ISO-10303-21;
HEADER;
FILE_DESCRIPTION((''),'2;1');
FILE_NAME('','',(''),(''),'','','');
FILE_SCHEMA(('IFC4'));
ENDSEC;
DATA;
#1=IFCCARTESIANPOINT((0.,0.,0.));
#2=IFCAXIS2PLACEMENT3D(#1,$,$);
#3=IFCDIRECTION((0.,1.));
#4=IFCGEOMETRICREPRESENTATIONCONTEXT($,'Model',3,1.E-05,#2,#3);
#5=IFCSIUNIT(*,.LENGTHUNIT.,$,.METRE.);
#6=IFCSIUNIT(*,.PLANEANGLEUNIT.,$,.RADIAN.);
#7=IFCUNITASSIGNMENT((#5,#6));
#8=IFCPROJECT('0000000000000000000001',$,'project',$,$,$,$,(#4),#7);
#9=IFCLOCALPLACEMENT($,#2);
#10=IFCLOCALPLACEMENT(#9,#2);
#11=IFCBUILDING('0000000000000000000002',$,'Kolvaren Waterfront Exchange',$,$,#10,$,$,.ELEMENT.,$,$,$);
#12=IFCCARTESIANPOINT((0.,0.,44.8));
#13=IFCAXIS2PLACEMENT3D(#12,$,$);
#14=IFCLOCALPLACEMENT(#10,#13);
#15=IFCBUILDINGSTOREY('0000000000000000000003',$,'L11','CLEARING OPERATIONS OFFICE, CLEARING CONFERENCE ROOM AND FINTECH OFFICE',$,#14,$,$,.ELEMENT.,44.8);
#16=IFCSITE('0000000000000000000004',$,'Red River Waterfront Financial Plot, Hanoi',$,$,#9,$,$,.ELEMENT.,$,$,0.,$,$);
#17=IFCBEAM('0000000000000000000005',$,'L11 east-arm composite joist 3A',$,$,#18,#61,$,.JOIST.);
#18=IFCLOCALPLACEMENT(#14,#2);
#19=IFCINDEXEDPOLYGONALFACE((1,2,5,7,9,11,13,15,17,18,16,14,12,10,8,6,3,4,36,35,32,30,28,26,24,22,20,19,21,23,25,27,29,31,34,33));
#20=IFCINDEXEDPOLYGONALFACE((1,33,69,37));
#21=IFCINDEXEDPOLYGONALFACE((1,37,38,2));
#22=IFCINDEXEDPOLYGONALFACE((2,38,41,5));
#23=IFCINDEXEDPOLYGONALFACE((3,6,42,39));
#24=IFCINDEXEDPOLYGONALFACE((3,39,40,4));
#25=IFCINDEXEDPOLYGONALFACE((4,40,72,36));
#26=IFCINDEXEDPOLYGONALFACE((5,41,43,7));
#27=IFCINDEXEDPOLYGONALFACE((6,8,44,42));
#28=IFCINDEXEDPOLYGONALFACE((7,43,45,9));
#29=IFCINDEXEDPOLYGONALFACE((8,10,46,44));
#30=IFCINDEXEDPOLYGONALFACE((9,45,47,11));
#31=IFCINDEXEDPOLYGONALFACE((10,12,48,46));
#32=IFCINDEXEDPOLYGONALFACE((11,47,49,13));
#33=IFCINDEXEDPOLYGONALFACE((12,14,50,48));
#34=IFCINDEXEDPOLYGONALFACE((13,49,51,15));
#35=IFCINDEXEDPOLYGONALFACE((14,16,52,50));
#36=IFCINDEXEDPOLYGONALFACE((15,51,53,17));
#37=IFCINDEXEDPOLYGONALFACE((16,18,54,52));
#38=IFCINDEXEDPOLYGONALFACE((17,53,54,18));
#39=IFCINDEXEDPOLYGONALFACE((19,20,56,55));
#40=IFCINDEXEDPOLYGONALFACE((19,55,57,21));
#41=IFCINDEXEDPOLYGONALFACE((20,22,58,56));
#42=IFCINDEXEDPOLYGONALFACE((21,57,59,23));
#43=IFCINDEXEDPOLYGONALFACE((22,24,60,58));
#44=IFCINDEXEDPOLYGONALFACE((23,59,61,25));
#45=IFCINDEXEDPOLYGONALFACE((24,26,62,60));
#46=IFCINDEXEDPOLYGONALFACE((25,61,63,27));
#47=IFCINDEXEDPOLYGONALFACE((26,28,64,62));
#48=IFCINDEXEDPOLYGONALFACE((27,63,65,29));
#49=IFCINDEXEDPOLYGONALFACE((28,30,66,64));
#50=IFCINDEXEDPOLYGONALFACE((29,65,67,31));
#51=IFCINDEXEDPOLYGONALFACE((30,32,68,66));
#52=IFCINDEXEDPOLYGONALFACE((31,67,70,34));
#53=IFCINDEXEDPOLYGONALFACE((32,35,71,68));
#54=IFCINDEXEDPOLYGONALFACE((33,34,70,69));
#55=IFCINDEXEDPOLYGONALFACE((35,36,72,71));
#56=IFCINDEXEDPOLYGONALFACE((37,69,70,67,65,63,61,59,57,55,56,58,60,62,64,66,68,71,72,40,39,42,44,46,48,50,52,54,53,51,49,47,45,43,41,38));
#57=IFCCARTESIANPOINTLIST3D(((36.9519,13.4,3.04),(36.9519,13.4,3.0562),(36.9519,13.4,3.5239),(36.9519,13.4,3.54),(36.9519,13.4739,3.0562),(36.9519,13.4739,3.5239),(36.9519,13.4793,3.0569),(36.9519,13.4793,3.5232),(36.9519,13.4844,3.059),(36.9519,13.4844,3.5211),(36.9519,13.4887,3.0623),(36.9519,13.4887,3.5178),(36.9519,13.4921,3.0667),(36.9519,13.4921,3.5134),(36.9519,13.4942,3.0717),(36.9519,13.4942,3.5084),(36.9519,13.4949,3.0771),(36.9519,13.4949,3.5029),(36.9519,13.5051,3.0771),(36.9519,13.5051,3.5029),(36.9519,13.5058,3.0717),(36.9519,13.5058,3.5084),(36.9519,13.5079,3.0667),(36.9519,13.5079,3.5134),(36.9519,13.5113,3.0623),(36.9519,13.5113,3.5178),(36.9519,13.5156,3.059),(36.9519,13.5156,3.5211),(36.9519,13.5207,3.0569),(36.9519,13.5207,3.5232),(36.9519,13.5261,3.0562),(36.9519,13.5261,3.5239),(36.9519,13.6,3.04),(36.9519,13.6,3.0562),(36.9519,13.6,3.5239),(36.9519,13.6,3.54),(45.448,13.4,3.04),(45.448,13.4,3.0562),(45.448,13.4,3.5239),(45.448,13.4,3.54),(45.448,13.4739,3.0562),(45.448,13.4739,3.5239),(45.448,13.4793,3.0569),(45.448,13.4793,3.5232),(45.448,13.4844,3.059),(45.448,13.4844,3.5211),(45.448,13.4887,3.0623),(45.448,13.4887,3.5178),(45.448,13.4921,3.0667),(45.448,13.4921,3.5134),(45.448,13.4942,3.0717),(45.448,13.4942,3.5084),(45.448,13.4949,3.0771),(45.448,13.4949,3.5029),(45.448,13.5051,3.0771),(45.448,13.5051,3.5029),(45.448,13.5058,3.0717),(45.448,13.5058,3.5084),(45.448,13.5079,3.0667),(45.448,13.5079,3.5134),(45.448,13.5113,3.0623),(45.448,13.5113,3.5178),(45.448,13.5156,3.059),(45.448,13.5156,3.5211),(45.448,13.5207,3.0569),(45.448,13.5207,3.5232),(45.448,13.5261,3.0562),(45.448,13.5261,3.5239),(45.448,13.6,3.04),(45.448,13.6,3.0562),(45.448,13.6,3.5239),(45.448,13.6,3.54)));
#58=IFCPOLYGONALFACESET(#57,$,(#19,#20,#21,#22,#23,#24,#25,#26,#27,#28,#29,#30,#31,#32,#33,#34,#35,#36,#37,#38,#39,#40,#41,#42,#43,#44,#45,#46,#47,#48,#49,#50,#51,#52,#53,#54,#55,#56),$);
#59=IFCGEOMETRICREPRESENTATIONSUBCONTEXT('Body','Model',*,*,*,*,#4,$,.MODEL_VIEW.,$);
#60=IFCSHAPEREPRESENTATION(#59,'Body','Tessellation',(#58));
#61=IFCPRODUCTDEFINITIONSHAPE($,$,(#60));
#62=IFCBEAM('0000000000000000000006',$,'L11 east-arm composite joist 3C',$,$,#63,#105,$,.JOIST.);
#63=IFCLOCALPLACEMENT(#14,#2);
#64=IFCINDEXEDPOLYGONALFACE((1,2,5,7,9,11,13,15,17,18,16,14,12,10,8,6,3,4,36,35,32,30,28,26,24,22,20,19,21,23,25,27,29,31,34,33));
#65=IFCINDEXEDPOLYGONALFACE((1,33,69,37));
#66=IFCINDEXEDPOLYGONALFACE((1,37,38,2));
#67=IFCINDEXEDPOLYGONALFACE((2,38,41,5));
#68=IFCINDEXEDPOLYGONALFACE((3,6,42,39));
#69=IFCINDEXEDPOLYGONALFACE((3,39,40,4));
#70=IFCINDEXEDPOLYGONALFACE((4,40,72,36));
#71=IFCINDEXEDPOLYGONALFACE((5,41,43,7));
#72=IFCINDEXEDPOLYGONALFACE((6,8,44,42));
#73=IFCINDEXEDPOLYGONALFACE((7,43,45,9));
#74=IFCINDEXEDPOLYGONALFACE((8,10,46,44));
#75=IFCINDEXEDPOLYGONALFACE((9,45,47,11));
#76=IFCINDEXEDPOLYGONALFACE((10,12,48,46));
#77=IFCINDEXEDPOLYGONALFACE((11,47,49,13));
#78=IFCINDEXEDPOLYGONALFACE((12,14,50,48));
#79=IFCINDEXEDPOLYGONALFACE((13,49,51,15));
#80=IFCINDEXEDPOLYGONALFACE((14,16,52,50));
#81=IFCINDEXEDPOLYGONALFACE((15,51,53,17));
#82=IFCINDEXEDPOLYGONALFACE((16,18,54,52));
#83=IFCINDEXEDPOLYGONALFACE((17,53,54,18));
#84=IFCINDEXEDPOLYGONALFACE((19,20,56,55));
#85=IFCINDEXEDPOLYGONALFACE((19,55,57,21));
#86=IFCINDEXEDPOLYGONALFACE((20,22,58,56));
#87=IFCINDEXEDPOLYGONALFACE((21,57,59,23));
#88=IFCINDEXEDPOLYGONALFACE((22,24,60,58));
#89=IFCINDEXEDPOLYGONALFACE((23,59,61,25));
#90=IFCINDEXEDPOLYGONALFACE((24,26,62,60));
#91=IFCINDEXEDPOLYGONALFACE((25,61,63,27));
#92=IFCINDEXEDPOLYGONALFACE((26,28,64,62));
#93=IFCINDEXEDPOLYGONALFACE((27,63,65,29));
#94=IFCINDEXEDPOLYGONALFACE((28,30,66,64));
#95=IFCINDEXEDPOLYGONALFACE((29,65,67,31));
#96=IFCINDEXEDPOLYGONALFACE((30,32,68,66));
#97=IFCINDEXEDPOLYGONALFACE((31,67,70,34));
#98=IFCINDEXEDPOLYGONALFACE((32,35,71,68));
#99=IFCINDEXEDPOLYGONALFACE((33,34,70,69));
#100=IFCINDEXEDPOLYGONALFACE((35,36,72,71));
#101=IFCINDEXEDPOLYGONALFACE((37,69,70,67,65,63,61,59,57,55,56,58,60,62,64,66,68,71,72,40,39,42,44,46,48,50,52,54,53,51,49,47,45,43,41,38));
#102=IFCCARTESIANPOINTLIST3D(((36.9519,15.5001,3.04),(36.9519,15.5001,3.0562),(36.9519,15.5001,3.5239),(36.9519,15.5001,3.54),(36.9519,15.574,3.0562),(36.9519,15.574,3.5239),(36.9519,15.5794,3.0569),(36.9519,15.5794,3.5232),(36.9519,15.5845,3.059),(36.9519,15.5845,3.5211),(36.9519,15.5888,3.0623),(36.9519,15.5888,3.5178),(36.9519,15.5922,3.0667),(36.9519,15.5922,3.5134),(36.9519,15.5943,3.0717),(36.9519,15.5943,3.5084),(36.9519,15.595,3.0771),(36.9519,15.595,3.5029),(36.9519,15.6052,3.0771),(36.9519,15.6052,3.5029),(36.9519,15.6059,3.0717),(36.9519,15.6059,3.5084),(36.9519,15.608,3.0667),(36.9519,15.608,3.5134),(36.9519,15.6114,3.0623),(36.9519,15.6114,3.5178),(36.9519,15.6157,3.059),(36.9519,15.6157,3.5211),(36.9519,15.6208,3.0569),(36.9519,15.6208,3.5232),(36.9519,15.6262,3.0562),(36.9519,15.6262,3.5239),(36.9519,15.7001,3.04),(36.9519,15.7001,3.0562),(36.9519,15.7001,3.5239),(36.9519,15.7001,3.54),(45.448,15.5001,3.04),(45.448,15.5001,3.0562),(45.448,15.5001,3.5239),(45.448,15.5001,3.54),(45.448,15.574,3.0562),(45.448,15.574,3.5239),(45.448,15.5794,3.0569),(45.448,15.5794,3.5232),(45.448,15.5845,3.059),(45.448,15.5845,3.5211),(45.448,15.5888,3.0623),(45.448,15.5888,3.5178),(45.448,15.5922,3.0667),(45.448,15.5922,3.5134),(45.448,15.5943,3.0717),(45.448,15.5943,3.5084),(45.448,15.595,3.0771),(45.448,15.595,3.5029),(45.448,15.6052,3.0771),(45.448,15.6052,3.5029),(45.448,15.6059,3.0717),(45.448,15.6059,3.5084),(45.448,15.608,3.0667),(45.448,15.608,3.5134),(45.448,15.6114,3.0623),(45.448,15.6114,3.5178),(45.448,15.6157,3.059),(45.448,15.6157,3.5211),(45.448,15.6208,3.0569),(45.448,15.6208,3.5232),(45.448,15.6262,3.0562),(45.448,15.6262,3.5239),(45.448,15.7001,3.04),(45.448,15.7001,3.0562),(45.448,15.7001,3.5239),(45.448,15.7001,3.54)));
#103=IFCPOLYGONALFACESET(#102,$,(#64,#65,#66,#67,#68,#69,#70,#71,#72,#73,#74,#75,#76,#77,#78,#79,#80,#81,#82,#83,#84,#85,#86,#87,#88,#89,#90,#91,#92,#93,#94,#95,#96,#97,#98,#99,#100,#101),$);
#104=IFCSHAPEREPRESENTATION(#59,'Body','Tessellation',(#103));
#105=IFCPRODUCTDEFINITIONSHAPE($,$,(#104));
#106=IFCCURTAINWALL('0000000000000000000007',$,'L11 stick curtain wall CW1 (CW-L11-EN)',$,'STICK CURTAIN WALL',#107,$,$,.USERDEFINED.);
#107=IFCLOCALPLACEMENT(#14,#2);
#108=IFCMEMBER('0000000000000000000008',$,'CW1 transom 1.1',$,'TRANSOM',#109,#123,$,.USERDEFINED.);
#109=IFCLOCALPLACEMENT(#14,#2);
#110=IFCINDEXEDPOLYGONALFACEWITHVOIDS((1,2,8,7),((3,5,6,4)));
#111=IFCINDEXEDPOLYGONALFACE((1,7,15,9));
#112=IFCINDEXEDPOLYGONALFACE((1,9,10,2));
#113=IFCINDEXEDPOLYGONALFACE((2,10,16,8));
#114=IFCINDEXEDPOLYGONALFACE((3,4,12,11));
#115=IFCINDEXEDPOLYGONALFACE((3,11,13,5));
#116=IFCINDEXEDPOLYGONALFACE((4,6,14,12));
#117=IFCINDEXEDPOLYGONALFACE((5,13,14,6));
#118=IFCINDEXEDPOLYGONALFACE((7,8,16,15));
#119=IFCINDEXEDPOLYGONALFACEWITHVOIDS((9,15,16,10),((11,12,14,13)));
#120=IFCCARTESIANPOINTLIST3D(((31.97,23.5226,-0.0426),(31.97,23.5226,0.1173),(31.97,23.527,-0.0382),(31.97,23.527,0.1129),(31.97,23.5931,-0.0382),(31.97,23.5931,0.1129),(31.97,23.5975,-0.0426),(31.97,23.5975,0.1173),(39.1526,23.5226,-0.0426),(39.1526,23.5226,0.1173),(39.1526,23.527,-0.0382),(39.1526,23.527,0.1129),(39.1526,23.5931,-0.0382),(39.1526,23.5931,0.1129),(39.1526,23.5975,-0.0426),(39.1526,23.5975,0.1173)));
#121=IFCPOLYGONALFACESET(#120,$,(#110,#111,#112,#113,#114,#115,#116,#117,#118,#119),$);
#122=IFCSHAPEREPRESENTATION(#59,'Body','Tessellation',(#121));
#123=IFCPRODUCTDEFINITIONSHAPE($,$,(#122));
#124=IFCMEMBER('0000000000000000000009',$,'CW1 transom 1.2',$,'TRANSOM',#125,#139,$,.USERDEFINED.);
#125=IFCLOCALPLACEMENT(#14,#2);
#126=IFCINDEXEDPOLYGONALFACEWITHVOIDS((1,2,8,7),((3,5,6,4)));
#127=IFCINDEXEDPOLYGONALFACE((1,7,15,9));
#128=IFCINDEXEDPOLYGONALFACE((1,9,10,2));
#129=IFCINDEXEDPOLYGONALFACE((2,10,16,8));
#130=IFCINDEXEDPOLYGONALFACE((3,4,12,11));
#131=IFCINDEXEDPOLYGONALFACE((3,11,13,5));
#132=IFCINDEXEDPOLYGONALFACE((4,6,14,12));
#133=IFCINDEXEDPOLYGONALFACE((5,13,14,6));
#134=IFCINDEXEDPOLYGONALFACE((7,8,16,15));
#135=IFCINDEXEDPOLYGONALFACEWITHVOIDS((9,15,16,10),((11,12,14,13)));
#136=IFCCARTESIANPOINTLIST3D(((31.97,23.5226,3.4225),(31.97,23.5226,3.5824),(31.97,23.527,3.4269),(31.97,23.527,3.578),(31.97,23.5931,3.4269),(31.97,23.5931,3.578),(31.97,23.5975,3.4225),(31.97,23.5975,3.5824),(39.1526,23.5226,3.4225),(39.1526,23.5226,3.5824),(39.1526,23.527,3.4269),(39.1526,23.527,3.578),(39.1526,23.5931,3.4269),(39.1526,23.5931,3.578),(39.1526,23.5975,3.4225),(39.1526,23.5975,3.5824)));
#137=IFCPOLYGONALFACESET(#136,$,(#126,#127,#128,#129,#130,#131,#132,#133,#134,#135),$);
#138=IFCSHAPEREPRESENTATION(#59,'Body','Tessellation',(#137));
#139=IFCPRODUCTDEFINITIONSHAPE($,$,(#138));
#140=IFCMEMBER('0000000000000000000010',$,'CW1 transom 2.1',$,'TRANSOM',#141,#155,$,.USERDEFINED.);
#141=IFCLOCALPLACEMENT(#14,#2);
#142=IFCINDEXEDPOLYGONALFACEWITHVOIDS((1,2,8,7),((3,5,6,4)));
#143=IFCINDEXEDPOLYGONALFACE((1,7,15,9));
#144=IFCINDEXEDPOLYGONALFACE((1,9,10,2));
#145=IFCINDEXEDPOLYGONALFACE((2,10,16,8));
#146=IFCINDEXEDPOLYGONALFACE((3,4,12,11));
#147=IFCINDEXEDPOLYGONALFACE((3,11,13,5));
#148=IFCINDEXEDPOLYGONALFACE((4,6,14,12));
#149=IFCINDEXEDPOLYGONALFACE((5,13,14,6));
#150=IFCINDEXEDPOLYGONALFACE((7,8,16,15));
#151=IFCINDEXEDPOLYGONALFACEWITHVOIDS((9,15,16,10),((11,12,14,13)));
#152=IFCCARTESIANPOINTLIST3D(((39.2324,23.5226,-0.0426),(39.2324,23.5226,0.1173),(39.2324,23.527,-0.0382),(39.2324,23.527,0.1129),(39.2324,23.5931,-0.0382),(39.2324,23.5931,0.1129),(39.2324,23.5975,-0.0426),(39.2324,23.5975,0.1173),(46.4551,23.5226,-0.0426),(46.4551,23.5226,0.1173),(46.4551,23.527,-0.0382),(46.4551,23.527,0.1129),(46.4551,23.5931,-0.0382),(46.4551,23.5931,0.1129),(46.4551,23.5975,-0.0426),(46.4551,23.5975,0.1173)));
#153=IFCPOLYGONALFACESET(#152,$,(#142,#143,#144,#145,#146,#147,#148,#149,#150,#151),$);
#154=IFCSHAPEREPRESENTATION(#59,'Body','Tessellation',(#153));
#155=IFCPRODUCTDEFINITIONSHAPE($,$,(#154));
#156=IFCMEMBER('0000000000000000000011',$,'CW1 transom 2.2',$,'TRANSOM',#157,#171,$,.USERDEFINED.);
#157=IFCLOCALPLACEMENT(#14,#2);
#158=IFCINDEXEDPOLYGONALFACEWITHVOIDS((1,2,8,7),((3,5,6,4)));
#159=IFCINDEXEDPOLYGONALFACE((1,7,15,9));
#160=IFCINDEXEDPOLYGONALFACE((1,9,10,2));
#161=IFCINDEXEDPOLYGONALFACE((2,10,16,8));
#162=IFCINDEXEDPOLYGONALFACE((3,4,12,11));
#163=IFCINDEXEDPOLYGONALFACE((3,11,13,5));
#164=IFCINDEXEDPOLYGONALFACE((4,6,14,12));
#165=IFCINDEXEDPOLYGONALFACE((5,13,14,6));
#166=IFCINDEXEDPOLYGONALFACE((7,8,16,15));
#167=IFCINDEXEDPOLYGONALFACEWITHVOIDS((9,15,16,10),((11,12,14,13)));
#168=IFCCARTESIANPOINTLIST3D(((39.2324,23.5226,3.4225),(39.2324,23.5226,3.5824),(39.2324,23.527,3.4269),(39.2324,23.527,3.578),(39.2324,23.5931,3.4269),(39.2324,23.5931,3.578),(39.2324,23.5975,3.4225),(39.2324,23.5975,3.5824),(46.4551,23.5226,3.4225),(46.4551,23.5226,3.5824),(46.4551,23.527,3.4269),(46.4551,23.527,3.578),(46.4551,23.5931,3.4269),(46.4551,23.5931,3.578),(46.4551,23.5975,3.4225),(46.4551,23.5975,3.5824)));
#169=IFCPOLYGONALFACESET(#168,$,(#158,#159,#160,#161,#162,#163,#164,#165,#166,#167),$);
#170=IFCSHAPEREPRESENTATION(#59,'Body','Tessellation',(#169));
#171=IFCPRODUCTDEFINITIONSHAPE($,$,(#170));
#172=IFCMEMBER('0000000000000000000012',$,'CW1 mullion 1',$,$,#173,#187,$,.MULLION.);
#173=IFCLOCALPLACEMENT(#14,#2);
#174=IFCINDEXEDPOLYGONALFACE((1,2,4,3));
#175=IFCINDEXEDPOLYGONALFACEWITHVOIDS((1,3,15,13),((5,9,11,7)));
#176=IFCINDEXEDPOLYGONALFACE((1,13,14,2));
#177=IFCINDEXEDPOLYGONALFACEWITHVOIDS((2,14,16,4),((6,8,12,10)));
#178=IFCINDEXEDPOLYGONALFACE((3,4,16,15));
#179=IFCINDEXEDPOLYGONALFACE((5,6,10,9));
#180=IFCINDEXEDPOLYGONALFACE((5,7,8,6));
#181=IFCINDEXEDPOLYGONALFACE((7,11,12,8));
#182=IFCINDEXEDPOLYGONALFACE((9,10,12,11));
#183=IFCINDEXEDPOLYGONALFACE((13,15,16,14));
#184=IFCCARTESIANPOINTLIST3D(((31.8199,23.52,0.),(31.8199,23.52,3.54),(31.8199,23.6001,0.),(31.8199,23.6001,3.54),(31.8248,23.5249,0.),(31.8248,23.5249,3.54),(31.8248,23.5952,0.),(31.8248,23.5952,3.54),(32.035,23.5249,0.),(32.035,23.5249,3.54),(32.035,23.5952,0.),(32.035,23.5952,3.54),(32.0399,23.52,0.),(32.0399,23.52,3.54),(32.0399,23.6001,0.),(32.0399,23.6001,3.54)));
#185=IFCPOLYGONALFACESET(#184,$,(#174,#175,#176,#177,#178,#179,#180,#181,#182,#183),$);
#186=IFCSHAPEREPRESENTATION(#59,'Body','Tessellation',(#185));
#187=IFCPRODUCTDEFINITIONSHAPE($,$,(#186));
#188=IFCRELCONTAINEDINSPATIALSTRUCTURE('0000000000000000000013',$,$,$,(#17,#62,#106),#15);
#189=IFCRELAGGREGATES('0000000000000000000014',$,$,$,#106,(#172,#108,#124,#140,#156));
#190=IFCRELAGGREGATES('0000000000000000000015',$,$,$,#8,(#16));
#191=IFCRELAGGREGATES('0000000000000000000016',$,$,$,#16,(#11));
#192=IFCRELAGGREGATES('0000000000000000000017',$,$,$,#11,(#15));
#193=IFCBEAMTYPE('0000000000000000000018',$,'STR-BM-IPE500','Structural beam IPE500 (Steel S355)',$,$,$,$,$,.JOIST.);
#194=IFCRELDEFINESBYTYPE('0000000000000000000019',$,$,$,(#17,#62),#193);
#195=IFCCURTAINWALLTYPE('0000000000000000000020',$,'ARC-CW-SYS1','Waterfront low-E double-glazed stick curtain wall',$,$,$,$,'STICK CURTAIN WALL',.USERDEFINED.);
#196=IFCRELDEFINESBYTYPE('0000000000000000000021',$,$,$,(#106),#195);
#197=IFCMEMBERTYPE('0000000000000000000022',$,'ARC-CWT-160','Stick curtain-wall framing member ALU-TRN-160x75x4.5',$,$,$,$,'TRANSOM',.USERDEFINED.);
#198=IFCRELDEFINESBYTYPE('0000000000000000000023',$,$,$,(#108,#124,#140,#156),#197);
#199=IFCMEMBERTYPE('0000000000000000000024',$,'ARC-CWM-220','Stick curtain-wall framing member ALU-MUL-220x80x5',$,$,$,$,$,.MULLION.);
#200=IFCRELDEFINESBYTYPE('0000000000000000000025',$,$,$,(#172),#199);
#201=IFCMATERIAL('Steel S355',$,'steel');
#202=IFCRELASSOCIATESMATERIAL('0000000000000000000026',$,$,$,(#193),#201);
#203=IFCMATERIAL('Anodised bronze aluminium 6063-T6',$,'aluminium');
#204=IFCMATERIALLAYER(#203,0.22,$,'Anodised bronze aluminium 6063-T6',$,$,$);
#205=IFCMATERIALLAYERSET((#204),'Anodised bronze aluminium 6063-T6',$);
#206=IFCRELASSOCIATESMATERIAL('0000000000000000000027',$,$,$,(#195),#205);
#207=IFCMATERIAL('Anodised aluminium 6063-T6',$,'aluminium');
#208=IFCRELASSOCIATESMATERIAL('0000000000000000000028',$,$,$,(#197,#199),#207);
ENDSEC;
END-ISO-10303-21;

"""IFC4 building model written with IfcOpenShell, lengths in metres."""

from ifc_helpers import new_model, si_unit, direction, frame, origin, origin_with_axes, origin_2d, place, context, subcontext, project, spatial, hollow_rectangle, i_section, extrude, source, transform, mapped, material, layer, layer_set, material_profile, profile_set, type_object, element, aggregate, save


model = new_model("IFC4")

# Units and contexts
model_context = context("Model", 3, precision=1e-05, world=origin(), true_north=direction((0.0, 1.0)))
body_context = subcontext(model_context, "Body", "Model", "MODEL_VIEW")
ifc_project = project(units=[si_unit("LENGTHUNIT", "METRE"), si_unit("PLANEANGLEUNIT", "RADIAN")], contexts=[model_context])

# Site, building, storey
site_placement = place(None, origin())
site = spatial("IfcSite", under=ifc_project, at=site_placement, Name="Red River Waterfront Financial Plot, Hanoi", CompositionType="ELEMENT", RefElevation=0.0)
building_placement = place(site_placement, origin())
building = spatial("IfcBuilding", under=site, at=building_placement, Name="Kolvaren Waterfront Exchange", CompositionType="ELEMENT")
storey_placement = place(building_placement, frame((0.0, 0.0, 44.8)))
storey = spatial("IfcBuildingStorey", under=building, at=storey_placement, Name="L11", Description="CLEARING OPERATIONS OFFICE, CLEARING CONFERENCE ROOM AND FINTECH OFFICE", CompositionType="ELEMENT", Elevation=44.8)

# Beams
ifc_material_1 = material(Name="Steel S355", Category="steel")
ifc_material_profile_1 = material_profile(ifc_material_1, i_section(OverallWidth=0.2, OverallDepth=0.5, WebThickness=0.0103, FlangeThickness=0.0161, FilletRadius=0.021, at=origin_2d()), Name="IPE500")
ifc_profile_set_1 = profile_set([ifc_material_profile_1], Name="Steel S355")
beam_type_1 = type_object("IfcBeamType", Name="STR-BM-IPE500", Description="Structural beam IPE500 (Steel S355)", PredefinedType="JOIST", material=ifc_profile_set_1)
for number, where, z_axis, x_axis, name in (
    (1, (36.9519, 13.5, 3.29), (1.0, 0.0, 0.0), (0.0, 1.0, 0.0), "L11 east-arm composite joist 3A"),
    (2, (36.9519, 15.6001, 3.29), (1.0, 0.0, 0.0), (0.0, 1.0, 0.0), "L11 east-arm composite joist 3C"),
):
    element("IfcBeam", number, at=place(storey_placement, frame(where, z_axis=z_axis, x_axis=x_axis)), inside=storey, type_object=beam_type_1, Name=name, PredefinedType="JOIST", context=body_context, shape_type="SweptSolid", body=[
        extrude(i_section(OverallWidth=0.2, OverallDepth=0.5, WebThickness=0.0103, FlangeThickness=0.0161, FilletRadius=0.021, at=origin_2d()), origin(), (0.0, 0.0, 1.0), 8.4961),
    ])

# Curtain wall, members
ifc_material_2 = material(Name="Anodised bronze aluminium 6063-T6", Category="aluminium")
ifc_layer_1 = layer(ifc_material_2, 0.22, Name="Anodised bronze aluminium 6063-T6")
ifc_layer_set_1 = layer_set([ifc_layer_1], Name="Anodised bronze aluminium 6063-T6")
curtain_wall_type = type_object("IfcCurtainWallType", Name="ARC-CW-SYS1", Description="Waterfront low-E double-glazed stick curtain wall", ElementType="STICK CURTAIN WALL", PredefinedType="USERDEFINED", material=ifc_layer_set_1)
curtain_wall_placement = place(storey_placement, origin())
curtain_wall = element("IfcCurtainWall", 3, at=curtain_wall_placement, inside=storey, type_object=curtain_wall_type, Name="L11 stick curtain wall CW1 (CW-L11-EN)", ObjectType="STICK CURTAIN WALL", PredefinedType="USERDEFINED")
ifc_material_3 = material(Name="Anodised aluminium 6063-T6", Category="aluminium")
ifc_material_profile_2 = material_profile(ifc_material_3, hollow_rectangle(XDim=0.075, YDim=0.1599, WallThickness=0.0044, at=origin_2d()), Name="ALU-TRN-160x75x4.5")
ifc_profile_set_2 = profile_set([ifc_material_profile_2], Name="Anodised aluminium 6063-T6")
member_type_1 = type_object("IfcMemberType", Name="ARC-CWT-160", Description="Stick curtain-wall framing member ALU-TRN-160x75x4.5", ElementType="TRANSOM", PredefinedType="USERDEFINED", material=ifc_profile_set_2)
shared_shape_1 = source(origin_with_axes(), body_context, "Body", "SweptSolid", [
    extrude(hollow_rectangle(XDim=0.075, YDim=0.1599, WallThickness=0.0044, at=origin_2d()), origin(), (0.0, 0.0, 1.0), 7.1826),
])
member_1_placement = place(storey_placement, frame((31.97, 23.5601, 0.0374), z_axis=(1.0, 0.0, 0.0), x_axis=(0.0, 1.0, 0.0)))
member_1 = element("IfcMember", 4, at=member_1_placement, type_object=member_type_1, Name="CW1 transom 1.1", ObjectType="TRANSOM", PredefinedType="USERDEFINED", context=body_context, shape_type="MappedRepresentation", body=[
    mapped(shared_shape_1, transform((0.0, 0.0, 0.0), x_axis=(1.0, 0.0, 0.0), y_axis=(0.0, 1.0, 0.0), z_axis=(0.0, 0.0, 1.0), scale=1.0)),
])
member_2_placement = place(storey_placement, frame((31.97, 23.5601, 3.5024), z_axis=(1.0, 0.0, 0.0), x_axis=(0.0, 1.0, 0.0)))
member_2 = element("IfcMember", 5, at=member_2_placement, type_object=member_type_1, Name="CW1 transom 1.2", ObjectType="TRANSOM", PredefinedType="USERDEFINED", context=body_context, shape_type="MappedRepresentation", body=[
    mapped(shared_shape_1, transform((0.0, 0.0, 0.0), x_axis=(1.0, 0.0, 0.0), y_axis=(0.0, 1.0, 0.0), z_axis=(0.0, 0.0, 1.0), scale=1.0)),
])
shared_shape_2 = source(origin_with_axes(), body_context, "Body", "SweptSolid", [
    extrude(hollow_rectangle(XDim=0.075, YDim=0.1599, WallThickness=0.0044, at=origin_2d()), origin(), (0.0, 0.0, 1.0), 7.2227),
])
member_3_placement = place(storey_placement, frame((39.2324, 23.5601, 0.0374), z_axis=(1.0, 0.0, 0.0), x_axis=(0.0, 1.0, 0.0)))
member_3 = element("IfcMember", 6, at=member_3_placement, type_object=member_type_1, Name="CW1 transom 2.1", ObjectType="TRANSOM", PredefinedType="USERDEFINED", context=body_context, shape_type="MappedRepresentation", body=[
    mapped(shared_shape_2, transform((0.0, 0.0, 0.0), x_axis=(1.0, 0.0, 0.0), y_axis=(0.0, 1.0, 0.0), z_axis=(0.0, 0.0, 1.0), scale=1.0)),
])
member_4_placement = place(storey_placement, frame((39.2324, 23.5601, 3.5024), z_axis=(1.0, 0.0, 0.0), x_axis=(0.0, 1.0, 0.0)))
member_4 = element("IfcMember", 7, at=member_4_placement, type_object=member_type_1, Name="CW1 transom 2.2", ObjectType="TRANSOM", PredefinedType="USERDEFINED", context=body_context, shape_type="MappedRepresentation", body=[
    mapped(shared_shape_2, transform((0.0, 0.0, 0.0), x_axis=(1.0, 0.0, 0.0), y_axis=(0.0, 1.0, 0.0), z_axis=(0.0, 0.0, 1.0), scale=1.0)),
])
ifc_material_profile_3 = material_profile(ifc_material_3, hollow_rectangle(XDim=0.0801, YDim=0.22, WallThickness=0.0049, at=origin_2d()), Name="ALU-MUL-220x80x5")
ifc_profile_set_3 = profile_set([ifc_material_profile_3], Name="Anodised aluminium 6063-T6")
member_type_2 = type_object("IfcMemberType", Name="ARC-CWM-220", Description="Stick curtain-wall framing member ALU-MUL-220x80x5", PredefinedType="MULLION", material=ifc_profile_set_3)
shared_shape_3 = source(origin_with_axes(), body_context, "Body", "SweptSolid", [
    extrude(hollow_rectangle(XDim=0.0801, YDim=0.22, WallThickness=0.0049, at=origin_2d()), origin(), (0.0, 0.0, 1.0), 3.54),
])
member_5_placement = place(storey_placement, frame((31.9299, 23.5601, 0.0), z_axis=(0.0, 0.0, 1.0), x_axis=(0.0, 1.0, 0.0)))
member_5 = element("IfcMember", 8, at=member_5_placement, type_object=member_type_2, Name="CW1 mullion 1", PredefinedType="MULLION", context=body_context, shape_type="MappedRepresentation", body=[
    mapped(shared_shape_3, transform((0.0, 0.0, 0.0), x_axis=(1.0, 0.0, 0.0), y_axis=(0.0, 1.0, 0.0), z_axis=(0.0, 0.0, 1.0), scale=1.0)),
])
aggregate(curtain_wall, [member_5, member_1, member_2, member_3, member_4])

save(model, "model.ifc")
